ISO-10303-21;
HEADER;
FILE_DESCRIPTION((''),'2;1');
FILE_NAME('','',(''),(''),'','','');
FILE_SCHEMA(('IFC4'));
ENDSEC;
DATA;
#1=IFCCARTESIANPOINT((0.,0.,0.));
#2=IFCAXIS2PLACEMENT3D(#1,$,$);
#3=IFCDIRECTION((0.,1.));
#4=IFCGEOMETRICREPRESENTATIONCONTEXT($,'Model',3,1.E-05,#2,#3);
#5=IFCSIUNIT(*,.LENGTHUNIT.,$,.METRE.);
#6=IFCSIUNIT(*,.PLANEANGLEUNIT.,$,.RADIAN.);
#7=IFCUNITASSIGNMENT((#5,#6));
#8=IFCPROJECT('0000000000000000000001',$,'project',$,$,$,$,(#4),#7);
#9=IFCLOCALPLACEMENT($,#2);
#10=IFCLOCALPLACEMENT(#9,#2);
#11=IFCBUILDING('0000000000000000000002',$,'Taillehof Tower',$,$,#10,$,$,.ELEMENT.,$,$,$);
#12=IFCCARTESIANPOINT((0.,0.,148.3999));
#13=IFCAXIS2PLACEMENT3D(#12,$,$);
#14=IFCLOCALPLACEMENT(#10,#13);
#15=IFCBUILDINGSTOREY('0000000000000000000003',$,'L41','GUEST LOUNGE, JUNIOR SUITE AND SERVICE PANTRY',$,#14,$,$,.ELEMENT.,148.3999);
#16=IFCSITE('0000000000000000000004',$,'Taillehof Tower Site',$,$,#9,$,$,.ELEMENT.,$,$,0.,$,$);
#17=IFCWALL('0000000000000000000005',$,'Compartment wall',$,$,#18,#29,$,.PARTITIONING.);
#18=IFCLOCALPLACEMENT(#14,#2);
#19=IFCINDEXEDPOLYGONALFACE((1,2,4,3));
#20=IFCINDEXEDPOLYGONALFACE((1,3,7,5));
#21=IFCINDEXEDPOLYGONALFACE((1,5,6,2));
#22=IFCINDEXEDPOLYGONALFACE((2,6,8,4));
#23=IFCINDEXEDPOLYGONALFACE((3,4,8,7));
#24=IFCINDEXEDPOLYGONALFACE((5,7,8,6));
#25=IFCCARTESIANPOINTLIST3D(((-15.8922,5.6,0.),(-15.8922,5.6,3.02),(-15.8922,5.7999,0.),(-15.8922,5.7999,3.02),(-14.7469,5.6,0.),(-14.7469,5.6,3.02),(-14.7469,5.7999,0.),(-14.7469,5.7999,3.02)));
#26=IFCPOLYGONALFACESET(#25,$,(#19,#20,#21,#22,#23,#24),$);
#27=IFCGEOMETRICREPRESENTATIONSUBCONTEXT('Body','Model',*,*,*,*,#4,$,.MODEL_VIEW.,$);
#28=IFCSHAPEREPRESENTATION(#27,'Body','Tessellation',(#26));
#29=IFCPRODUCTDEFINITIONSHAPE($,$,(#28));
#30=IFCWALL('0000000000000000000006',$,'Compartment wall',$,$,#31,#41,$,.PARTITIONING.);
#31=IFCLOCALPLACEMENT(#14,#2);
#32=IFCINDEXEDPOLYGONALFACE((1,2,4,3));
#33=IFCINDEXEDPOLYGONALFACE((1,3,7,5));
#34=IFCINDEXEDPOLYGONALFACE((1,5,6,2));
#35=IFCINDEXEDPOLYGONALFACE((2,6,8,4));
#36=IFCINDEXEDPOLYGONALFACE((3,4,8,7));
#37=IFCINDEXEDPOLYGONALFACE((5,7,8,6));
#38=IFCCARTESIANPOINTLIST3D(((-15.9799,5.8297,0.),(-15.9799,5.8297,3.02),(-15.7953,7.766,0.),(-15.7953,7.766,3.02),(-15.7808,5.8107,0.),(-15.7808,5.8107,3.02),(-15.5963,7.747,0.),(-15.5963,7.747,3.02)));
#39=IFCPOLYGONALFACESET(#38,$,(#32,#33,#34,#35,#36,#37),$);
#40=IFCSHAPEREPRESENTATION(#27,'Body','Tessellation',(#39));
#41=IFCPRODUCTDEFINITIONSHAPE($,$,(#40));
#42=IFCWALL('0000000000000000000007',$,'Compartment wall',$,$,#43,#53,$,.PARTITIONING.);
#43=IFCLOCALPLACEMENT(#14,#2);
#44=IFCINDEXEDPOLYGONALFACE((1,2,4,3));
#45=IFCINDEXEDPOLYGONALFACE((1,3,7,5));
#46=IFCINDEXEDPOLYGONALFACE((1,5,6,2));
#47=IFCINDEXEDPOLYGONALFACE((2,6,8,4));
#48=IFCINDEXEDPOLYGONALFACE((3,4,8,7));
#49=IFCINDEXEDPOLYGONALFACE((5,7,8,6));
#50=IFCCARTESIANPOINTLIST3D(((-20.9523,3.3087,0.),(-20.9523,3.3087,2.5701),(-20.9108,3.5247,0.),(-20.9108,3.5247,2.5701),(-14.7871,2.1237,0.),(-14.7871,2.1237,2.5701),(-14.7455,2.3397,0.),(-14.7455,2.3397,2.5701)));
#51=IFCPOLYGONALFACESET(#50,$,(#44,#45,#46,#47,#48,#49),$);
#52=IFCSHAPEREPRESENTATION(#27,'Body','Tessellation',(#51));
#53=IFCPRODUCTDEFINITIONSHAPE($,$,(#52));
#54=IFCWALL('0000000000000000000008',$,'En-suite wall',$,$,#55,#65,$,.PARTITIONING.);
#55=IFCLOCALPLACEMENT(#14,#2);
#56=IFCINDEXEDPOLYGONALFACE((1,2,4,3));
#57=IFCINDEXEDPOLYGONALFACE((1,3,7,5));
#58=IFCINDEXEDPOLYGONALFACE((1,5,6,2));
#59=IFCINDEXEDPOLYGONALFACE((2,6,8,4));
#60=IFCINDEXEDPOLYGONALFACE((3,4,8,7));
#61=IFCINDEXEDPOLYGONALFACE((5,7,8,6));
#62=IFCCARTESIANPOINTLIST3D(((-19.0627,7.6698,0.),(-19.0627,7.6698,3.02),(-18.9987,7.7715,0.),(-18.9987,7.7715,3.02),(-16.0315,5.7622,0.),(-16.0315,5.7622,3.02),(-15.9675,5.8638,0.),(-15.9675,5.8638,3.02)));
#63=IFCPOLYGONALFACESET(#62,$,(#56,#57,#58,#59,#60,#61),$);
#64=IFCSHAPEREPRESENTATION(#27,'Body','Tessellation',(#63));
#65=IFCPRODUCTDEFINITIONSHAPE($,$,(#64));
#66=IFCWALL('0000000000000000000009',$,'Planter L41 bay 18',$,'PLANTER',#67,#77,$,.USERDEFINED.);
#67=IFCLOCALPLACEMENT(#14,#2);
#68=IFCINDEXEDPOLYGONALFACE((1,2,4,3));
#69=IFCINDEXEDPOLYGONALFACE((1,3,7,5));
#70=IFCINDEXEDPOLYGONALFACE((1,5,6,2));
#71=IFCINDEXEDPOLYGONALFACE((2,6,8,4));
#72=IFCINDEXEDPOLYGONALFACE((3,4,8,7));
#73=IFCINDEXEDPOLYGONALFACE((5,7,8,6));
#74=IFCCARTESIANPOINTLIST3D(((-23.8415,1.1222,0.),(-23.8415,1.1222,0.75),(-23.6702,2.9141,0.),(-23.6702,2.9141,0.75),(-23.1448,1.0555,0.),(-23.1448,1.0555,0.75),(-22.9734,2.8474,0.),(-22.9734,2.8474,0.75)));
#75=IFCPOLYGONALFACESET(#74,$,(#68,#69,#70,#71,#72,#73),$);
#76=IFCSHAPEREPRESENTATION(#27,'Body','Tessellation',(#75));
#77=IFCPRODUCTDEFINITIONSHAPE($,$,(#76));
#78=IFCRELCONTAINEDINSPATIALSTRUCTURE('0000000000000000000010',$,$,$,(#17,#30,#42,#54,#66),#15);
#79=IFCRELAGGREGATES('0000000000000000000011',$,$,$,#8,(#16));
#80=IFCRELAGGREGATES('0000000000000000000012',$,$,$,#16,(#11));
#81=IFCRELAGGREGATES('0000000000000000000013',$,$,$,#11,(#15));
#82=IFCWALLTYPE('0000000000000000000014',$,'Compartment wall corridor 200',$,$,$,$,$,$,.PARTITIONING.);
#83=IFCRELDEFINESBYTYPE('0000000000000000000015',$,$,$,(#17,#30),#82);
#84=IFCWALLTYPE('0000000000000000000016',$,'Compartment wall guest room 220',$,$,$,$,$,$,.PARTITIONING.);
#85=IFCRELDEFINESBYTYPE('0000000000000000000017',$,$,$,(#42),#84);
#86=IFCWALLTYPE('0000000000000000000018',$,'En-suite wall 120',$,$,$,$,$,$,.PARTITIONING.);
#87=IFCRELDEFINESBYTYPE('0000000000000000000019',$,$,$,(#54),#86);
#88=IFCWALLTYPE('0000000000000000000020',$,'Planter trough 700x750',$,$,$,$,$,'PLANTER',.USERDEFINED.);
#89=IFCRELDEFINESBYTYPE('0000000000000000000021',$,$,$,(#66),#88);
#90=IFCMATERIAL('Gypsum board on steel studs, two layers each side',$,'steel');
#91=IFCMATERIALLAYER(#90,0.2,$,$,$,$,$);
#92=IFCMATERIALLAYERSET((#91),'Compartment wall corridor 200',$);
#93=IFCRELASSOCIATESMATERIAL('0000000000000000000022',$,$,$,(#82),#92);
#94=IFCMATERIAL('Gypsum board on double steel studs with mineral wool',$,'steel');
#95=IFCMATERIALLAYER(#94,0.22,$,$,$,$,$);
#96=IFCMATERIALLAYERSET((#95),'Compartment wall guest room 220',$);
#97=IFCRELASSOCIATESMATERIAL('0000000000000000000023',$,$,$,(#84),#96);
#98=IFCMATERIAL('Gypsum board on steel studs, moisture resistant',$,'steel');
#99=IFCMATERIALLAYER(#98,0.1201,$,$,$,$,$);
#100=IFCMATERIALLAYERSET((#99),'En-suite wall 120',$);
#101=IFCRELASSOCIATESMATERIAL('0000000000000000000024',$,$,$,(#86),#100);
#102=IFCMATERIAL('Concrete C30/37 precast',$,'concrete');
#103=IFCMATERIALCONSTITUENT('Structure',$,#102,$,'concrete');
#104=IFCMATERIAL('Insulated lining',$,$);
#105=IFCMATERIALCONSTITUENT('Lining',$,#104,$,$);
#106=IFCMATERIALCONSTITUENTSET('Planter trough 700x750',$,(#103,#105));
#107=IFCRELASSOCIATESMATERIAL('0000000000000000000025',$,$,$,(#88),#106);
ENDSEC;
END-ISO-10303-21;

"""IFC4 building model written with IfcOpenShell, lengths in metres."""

from ifc_helpers import new_model, si_unit, direction, frame, frame_2d, origin, place, context, subcontext, project, spatial, rectangle, extrude, material, layer, layer_set, constituent, constituent_set, type_object, element, save


model = new_model("IFC4")

# Units and contexts
model_context = context("Model", 3, precision=1e-05, world=origin(), true_north=direction((0.0, 1.0)))
body_context = subcontext(model_context, "Body", "Model", "MODEL_VIEW")
ifc_project = project(units=[si_unit("LENGTHUNIT", "METRE"), si_unit("PLANEANGLEUNIT", "RADIAN")], contexts=[model_context])

# Site, building, storey
site_placement = place(None, origin())
site = spatial("IfcSite", under=ifc_project, at=site_placement, Name="Taillehof Tower Site", CompositionType="ELEMENT", RefElevation=0.0)
building_placement = place(site_placement, origin())
building = spatial("IfcBuilding", under=site, at=building_placement, Name="Taillehof Tower", CompositionType="ELEMENT")
storey_placement = place(building_placement, frame((0.0, 0.0, 148.3999)))
storey = spatial("IfcBuildingStorey", under=building, at=storey_placement, Name="L41", Description="GUEST LOUNGE, JUNIOR SUITE AND SERVICE PANTRY", CompositionType="ELEMENT", Elevation=148.3999)

# Walls
ifc_material_1 = material(Name="Gypsum board on steel studs, two layers each side", Category="steel")
ifc_layer_1 = layer(ifc_material_1, 0.2)
ifc_layer_set_1 = layer_set([ifc_layer_1], Name="Compartment wall corridor 200")
wall_type_1 = type_object("IfcWallType", Name="Compartment wall corridor 200", PredefinedType="PARTITIONING", material=ifc_layer_set_1)
wall_1_placement = place(storey_placement, frame((-14.7468, 5.7, 0.0), z_axis=(0.0, 0.0, 1.0), x_axis=(-1.0, 0.0, 0.0)))
element("IfcWall", 1, at=wall_1_placement, inside=storey, type_object=wall_type_1, Name="Compartment wall", PredefinedType="PARTITIONING", context=body_context, shape_type="SweptSolid", body=[
    extrude(rectangle(XDim=1.1453, YDim=0.2, at=frame_2d((0.5728, 0.0))), origin(), (0.0, 0.0, 1.0), 3.02),
])
wall_2_placement = place(storey_placement, frame((-15.8804, 5.8201, 0.0), z_axis=(0.0, 0.0, 1.0), x_axis=(0.094892, 0.995488, 0.0)))
element("IfcWall", 2, at=wall_2_placement, inside=storey, type_object=wall_type_1, Name="Compartment wall", PredefinedType="PARTITIONING", context=body_context, shape_type="SweptSolid", body=[
    extrude(rectangle(XDim=1.9451, YDim=0.2, at=frame_2d((0.9727, 0.0))), origin(), (0.0, 0.0, 1.0), 3.02),
])
ifc_material_2 = material(Name="Gypsum board on double steel studs with mineral wool", Category="steel")
ifc_layer_2 = layer(ifc_material_2, 0.22)
ifc_layer_set_2 = layer_set([ifc_layer_2], Name="Compartment wall guest room 220")
wall_type_2 = type_object("IfcWallType", Name="Compartment wall guest room 220", PredefinedType="PARTITIONING", material=ifc_layer_set_2)
wall_3_placement = place(storey_placement, frame((-20.9316, 3.4167, 0.0), z_axis=(0.0, 0.0, 1.0), x_axis=(0.982023, -0.188759, 0.0)))
element("IfcWall", 3, at=wall_3_placement, inside=storey, type_object=wall_type_2, Name="Compartment wall", PredefinedType="PARTITIONING", context=body_context, shape_type="SweptSolid", body=[
    extrude(rectangle(XDim=6.2781, YDim=0.22, at=frame_2d((3.1392, 0.0))), origin(), (0.0, 0.0, 1.0), 2.5701),
])
ifc_material_3 = material(Name="Gypsum board on steel studs, moisture resistant", Category="steel")
ifc_layer_3 = layer(ifc_material_3, 0.1201)
ifc_layer_set_3 = layer_set([ifc_layer_3], Name="En-suite wall 120")
wall_type_3 = type_object("IfcWallType", Name="En-suite wall 120", PredefinedType="PARTITIONING", material=ifc_layer_set_3)
wall_4_placement = place(storey_placement, frame((-15.9995, 5.813, 0.0), z_axis=(0.0, 0.0, 1.0), x_axis=(-0.84634, 0.532643, 0.0)))
element("IfcWall", 4, at=wall_4_placement, inside=storey, type_object=wall_type_3, Name="En-suite wall", PredefinedType="PARTITIONING", context=body_context, shape_type="SweptSolid", body=[
    extrude(rectangle(XDim=3.5815, YDim=0.1201, at=frame_2d((1.7908, 0.0))), origin(), (0.0, 0.0, 1.0), 3.02),
])
ifc_material_4 = material(Name="Concrete C30/37 precast", Category="concrete")
ifc_constituent_1 = constituent(ifc_material_4, Name="Structure", Category="concrete")
ifc_material_5 = material(Name="Insulated lining")
ifc_constituent_2 = constituent(ifc_material_5, Name="Lining")
ifc_constituent_set = constituent_set(constituents=[ifc_constituent_1, ifc_constituent_2], Name="Planter trough 700x750")
wall_type_4 = type_object("IfcWallType", Name="Planter trough 700x750", ElementType="PLANTER", PredefinedType="USERDEFINED", material=ifc_constituent_set)
wall_5_placement = place(storey_placement, frame((-23.3218, 2.8806, 0.0), z_axis=(0.0, 0.0, 1.0), x_axis=(-0.095206, -0.995458, 0.0)))
element("IfcWall", 5, at=wall_5_placement, inside=storey, type_object=wall_type_4, Name="Planter L41 bay 18", ObjectType="PLANTER", PredefinedType="USERDEFINED", context=body_context, shape_type="SweptSolid", body=[
    extrude(rectangle(XDim=1.8, YDim=0.7, at=frame_2d((0.8999, 0.0))), origin(), (0.0, 0.0, 1.0), 0.75),
])

save(model, "model.ifc")
